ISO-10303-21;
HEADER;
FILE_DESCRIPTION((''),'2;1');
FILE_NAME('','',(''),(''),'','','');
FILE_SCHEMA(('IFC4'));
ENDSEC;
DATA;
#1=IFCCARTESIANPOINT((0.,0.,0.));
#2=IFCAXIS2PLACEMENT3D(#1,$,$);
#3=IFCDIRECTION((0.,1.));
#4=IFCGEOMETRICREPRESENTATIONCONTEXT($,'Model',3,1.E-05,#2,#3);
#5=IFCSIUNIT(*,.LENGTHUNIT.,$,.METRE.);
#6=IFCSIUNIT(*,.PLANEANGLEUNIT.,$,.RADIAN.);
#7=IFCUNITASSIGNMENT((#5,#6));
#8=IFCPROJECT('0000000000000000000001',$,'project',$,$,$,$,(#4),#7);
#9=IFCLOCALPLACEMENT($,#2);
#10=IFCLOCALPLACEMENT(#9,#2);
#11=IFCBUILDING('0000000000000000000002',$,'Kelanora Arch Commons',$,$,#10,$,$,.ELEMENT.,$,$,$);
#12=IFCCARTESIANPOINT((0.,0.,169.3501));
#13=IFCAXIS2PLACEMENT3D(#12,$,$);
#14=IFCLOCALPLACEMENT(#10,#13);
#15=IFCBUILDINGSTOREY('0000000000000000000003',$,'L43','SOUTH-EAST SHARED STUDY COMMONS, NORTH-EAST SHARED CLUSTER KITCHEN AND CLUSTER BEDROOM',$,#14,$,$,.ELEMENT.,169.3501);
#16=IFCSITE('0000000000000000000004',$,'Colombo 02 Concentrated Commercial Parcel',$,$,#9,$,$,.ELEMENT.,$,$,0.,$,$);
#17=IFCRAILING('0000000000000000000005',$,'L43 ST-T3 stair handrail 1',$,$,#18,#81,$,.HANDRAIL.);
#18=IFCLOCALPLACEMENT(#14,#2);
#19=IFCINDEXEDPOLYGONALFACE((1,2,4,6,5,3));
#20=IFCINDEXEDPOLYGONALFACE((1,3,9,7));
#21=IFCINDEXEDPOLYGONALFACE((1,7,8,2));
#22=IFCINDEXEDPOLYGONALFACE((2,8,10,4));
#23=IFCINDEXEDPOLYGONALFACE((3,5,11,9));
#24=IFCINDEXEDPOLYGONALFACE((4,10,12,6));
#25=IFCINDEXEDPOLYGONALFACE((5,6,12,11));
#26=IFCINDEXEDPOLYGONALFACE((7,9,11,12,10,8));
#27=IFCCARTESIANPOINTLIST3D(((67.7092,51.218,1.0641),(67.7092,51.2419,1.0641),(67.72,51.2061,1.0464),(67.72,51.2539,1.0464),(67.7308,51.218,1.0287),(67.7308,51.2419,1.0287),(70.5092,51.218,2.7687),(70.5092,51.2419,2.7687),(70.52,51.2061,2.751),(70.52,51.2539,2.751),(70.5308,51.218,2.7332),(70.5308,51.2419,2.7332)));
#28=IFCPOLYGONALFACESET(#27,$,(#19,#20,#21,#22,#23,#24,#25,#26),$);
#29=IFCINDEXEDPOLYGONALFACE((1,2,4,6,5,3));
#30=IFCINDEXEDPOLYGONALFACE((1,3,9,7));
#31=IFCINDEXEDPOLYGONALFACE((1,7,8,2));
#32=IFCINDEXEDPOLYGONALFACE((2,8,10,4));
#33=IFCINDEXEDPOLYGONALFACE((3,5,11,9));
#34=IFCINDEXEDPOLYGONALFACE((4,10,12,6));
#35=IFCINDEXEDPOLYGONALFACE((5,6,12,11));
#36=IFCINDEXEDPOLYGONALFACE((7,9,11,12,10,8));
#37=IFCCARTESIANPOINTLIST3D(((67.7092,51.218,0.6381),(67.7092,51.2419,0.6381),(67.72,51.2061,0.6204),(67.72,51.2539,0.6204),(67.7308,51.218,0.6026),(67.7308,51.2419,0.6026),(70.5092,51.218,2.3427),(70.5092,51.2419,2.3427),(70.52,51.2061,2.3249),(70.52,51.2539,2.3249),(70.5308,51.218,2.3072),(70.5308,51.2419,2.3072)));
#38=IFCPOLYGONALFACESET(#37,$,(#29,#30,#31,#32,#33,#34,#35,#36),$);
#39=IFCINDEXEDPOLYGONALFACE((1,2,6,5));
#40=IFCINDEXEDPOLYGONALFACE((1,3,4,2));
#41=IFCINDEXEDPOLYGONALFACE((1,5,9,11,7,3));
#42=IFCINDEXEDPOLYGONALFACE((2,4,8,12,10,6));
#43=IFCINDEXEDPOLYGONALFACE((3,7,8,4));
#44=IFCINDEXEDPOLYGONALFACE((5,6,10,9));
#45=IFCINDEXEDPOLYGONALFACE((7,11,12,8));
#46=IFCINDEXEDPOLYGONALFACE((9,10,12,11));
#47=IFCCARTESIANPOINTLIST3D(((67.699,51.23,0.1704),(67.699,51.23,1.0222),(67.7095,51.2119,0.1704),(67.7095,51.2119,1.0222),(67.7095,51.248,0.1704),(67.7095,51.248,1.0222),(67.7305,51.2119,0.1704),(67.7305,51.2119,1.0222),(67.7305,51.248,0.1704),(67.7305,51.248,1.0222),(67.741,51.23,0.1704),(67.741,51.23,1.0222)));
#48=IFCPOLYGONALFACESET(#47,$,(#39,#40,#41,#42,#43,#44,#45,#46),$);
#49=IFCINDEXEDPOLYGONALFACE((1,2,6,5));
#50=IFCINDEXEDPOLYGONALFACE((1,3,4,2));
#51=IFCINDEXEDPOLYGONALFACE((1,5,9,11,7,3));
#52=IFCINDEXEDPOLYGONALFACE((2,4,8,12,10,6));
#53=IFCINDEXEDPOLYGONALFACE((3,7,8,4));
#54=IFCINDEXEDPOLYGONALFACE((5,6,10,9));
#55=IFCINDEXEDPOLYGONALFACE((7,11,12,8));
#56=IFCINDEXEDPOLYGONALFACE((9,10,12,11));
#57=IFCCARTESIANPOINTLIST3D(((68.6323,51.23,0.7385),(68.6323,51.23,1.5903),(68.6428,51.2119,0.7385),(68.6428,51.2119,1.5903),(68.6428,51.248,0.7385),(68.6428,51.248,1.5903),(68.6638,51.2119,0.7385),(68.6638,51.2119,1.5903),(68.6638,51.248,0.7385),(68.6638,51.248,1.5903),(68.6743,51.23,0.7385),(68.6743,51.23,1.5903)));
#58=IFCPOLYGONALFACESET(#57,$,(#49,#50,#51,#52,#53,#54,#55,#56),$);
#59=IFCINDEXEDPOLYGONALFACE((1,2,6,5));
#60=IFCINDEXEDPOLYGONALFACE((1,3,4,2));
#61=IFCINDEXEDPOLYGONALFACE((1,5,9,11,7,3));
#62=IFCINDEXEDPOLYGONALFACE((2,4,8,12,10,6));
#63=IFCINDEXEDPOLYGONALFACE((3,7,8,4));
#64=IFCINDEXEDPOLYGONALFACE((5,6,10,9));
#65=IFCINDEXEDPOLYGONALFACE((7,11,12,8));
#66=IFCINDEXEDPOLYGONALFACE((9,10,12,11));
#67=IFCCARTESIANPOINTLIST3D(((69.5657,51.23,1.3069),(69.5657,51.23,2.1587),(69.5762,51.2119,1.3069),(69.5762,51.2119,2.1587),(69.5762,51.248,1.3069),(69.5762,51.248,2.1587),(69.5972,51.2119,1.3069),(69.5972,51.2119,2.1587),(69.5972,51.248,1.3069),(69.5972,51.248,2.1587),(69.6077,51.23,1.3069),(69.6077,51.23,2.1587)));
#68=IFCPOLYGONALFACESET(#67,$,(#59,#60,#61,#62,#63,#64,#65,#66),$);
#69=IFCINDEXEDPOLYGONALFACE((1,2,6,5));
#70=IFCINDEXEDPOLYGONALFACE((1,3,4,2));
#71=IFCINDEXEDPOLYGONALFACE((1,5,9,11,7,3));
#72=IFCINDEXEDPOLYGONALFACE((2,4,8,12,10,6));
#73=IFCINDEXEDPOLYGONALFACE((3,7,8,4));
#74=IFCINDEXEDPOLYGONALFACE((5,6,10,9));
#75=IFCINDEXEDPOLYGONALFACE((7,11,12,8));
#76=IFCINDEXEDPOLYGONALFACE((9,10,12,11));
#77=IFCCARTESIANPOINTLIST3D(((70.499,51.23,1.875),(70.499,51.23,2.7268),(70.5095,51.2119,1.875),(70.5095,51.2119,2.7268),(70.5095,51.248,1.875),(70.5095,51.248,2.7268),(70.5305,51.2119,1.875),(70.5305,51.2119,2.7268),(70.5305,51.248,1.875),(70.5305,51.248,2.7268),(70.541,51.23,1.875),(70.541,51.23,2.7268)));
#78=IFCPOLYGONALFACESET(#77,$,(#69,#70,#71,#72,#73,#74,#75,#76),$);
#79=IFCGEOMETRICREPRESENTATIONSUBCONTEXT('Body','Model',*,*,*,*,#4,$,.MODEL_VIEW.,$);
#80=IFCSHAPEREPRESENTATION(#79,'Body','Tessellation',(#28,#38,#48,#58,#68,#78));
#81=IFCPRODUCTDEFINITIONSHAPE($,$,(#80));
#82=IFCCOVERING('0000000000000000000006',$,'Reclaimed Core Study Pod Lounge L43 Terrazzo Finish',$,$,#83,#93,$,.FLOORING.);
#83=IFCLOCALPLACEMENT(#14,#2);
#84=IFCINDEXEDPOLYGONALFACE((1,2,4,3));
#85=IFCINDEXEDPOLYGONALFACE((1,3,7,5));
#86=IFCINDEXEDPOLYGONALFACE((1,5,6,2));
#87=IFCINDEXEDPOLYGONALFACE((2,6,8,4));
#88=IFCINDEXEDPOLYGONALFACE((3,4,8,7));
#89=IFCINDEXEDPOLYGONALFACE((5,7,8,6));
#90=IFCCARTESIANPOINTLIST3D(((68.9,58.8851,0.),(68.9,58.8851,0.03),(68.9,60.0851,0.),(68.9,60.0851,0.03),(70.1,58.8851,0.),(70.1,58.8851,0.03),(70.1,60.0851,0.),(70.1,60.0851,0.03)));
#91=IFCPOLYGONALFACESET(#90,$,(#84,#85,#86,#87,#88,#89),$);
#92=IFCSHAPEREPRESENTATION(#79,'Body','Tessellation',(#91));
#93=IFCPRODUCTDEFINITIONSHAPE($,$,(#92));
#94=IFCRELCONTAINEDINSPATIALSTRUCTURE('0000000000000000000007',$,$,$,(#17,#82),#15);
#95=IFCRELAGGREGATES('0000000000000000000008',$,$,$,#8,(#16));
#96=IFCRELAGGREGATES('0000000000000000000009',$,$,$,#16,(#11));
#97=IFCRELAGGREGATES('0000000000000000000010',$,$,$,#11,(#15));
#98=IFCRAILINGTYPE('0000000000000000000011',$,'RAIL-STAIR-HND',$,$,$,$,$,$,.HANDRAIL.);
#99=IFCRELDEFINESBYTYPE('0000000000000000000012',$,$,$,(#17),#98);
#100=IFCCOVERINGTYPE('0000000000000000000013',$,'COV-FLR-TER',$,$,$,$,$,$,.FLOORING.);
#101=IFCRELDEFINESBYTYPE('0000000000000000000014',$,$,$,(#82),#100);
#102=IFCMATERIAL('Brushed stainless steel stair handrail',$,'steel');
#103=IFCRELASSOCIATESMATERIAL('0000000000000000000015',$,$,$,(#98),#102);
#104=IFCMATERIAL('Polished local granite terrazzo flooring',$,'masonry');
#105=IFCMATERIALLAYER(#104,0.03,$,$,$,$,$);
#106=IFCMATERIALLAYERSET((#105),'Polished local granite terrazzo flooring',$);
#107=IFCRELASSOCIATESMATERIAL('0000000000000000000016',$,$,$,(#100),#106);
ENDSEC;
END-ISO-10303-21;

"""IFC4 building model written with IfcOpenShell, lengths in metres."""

from ifc_helpers import new_model, si_unit, direction, frame, origin, origin_2d, place, context, subcontext, project, spatial, polyline, rectangle, outline, extrude, source, transform, mapped, material, layer, layer_set, type_object, element, save


model = new_model("IFC4")

# Units and contexts
model_context = context("Model", 3, precision=1e-05, world=origin(), true_north=direction((0.0, 1.0)))
body_context = subcontext(model_context, "Body", "Model", "MODEL_VIEW")
ifc_project = project(units=[si_unit("LENGTHUNIT", "METRE"), si_unit("PLANEANGLEUNIT", "RADIAN")], contexts=[model_context])

# Site, building, storey
site_placement = place(None, origin())
site = spatial("IfcSite", under=ifc_project, at=site_placement, Name="Colombo 02 Concentrated Commercial Parcel", CompositionType="ELEMENT", RefElevation=0.0)
building_placement = place(site_placement, origin())
building = spatial("IfcBuilding", under=site, at=building_placement, Name="Kelanora Arch Commons", CompositionType="ELEMENT")
storey_placement = place(building_placement, frame((0.0, 0.0, 169.3501)))
storey = spatial("IfcBuildingStorey", under=building, at=storey_placement, Name="L43", Description="SOUTH-EAST SHARED STUDY COMMONS, NORTH-EAST SHARED CLUSTER KITCHEN AND CLUSTER BEDROOM", CompositionType="ELEMENT", Elevation=169.3501)

# Railing
ifc_material_1 = material(Name="Brushed stainless steel stair handrail", Category="steel")
railing_type_1 = type_object("IfcRailingType", Name="RAIL-STAIR-HND", PredefinedType="HANDRAIL", material=ifc_material_1)
railing_1_placement = place(storey_placement, frame((67.72, 51.23, 0.1704)))
element("IfcRailing", 1, at=railing_1_placement, inside=storey, type_object=railing_type_1, Name="L43 ST-T3 stair handrail 1", PredefinedType="HANDRAIL", context=body_context, shape_type="SweptSolid", body=[
    extrude(outline(polyline([(0.0239, 0.0), (0.012, 0.0208), (-0.012, 0.0208), (-0.0239, 0.0), (-0.012, -0.0208), (0.012, -0.0208), (0.0239, 0.0)])), frame((0.0, 0.0, 0.876), z_axis=(0.85417, 0.0, 0.519994), x_axis=(0.0, 1.0, 0.0)), (0.0, 0.0, 1.0), 3.2781),
    extrude(outline(polyline([(0.0239, 0.0), (0.012, 0.0208), (-0.012, 0.0208), (-0.0239, 0.0), (-0.012, -0.0208), (0.012, -0.0208), (0.0239, 0.0)])), frame((0.0, 0.0, 0.45), z_axis=(0.85417, 0.0, 0.519994), x_axis=(0.0, 1.0, 0.0)), (0.0, 0.0, 1.0), 3.2781),
    extrude(outline(polyline([(0.021, 0.0), (0.0105, 0.0181), (-0.0105, 0.0181), (-0.021, 0.0), (-0.0105, -0.0181), (0.0105, -0.0181), (0.021, 0.0)])), origin(), (0.0, 0.0, 1.0), 0.8518),
    extrude(outline(polyline([(0.021, 0.0), (0.0105, 0.0181), (-0.0105, 0.0181), (-0.021, 0.0), (-0.0105, -0.0181), (0.0105, -0.0181), (0.021, 0.0)])), frame((0.9333, 0.0, 0.5681)), (0.0, 0.0, 1.0), 0.8518),
    extrude(outline(polyline([(0.021, 0.0), (0.0105, 0.0181), (-0.0105, 0.0181), (-0.021, 0.0), (-0.0105, -0.0181), (0.0105, -0.0181), (0.021, 0.0)])), frame((1.8667, 0.0, 1.1365)), (0.0, 0.0, 1.0), 0.8518),
    extrude(outline(polyline([(0.021, 0.0), (0.0105, 0.0181), (-0.0105, 0.0181), (-0.021, 0.0), (-0.0105, -0.0181), (0.0105, -0.0181), (0.021, 0.0)])), frame((2.8, 0.0, 1.7046)), (0.0, 0.0, 1.0), 0.8518),
])

# Covering
ifc_material_2 = material(Name="Polished local granite terrazzo flooring", Category="masonry")
ifc_layer_1 = layer(ifc_material_2, 0.03)
ifc_layer_set_1 = layer_set([ifc_layer_1], Name="Polished local granite terrazzo flooring")
covering_type = type_object("IfcCoveringType", Name="COV-FLR-TER", PredefinedType="FLOORING", material=ifc_layer_set_1)
shared_shape = source(origin(), body_context, "Body", "SweptSolid", [
    extrude(rectangle(XDim=1.2, YDim=1.2, at=origin_2d()), origin(), (0.0, 0.0, 1.0), 0.03),
])
covering_placement = place(storey_placement, frame((69.5, 59.4851, 0.0), z_axis=(0.0, 0.0, 1.0), x_axis=(1.0, 0.0, 0.0)))
element("IfcCovering", 2, at=covering_placement, inside=storey, type_object=covering_type, Name="Reclaimed Core Study Pod Lounge L43 Terrazzo Finish", PredefinedType="FLOORING", context=body_context, shape_type="MappedRepresentation", body=[
    mapped(shared_shape, transform((0.0, 0.0, 0.0), scale=1.0)),
])

save(model, "model.ifc")
